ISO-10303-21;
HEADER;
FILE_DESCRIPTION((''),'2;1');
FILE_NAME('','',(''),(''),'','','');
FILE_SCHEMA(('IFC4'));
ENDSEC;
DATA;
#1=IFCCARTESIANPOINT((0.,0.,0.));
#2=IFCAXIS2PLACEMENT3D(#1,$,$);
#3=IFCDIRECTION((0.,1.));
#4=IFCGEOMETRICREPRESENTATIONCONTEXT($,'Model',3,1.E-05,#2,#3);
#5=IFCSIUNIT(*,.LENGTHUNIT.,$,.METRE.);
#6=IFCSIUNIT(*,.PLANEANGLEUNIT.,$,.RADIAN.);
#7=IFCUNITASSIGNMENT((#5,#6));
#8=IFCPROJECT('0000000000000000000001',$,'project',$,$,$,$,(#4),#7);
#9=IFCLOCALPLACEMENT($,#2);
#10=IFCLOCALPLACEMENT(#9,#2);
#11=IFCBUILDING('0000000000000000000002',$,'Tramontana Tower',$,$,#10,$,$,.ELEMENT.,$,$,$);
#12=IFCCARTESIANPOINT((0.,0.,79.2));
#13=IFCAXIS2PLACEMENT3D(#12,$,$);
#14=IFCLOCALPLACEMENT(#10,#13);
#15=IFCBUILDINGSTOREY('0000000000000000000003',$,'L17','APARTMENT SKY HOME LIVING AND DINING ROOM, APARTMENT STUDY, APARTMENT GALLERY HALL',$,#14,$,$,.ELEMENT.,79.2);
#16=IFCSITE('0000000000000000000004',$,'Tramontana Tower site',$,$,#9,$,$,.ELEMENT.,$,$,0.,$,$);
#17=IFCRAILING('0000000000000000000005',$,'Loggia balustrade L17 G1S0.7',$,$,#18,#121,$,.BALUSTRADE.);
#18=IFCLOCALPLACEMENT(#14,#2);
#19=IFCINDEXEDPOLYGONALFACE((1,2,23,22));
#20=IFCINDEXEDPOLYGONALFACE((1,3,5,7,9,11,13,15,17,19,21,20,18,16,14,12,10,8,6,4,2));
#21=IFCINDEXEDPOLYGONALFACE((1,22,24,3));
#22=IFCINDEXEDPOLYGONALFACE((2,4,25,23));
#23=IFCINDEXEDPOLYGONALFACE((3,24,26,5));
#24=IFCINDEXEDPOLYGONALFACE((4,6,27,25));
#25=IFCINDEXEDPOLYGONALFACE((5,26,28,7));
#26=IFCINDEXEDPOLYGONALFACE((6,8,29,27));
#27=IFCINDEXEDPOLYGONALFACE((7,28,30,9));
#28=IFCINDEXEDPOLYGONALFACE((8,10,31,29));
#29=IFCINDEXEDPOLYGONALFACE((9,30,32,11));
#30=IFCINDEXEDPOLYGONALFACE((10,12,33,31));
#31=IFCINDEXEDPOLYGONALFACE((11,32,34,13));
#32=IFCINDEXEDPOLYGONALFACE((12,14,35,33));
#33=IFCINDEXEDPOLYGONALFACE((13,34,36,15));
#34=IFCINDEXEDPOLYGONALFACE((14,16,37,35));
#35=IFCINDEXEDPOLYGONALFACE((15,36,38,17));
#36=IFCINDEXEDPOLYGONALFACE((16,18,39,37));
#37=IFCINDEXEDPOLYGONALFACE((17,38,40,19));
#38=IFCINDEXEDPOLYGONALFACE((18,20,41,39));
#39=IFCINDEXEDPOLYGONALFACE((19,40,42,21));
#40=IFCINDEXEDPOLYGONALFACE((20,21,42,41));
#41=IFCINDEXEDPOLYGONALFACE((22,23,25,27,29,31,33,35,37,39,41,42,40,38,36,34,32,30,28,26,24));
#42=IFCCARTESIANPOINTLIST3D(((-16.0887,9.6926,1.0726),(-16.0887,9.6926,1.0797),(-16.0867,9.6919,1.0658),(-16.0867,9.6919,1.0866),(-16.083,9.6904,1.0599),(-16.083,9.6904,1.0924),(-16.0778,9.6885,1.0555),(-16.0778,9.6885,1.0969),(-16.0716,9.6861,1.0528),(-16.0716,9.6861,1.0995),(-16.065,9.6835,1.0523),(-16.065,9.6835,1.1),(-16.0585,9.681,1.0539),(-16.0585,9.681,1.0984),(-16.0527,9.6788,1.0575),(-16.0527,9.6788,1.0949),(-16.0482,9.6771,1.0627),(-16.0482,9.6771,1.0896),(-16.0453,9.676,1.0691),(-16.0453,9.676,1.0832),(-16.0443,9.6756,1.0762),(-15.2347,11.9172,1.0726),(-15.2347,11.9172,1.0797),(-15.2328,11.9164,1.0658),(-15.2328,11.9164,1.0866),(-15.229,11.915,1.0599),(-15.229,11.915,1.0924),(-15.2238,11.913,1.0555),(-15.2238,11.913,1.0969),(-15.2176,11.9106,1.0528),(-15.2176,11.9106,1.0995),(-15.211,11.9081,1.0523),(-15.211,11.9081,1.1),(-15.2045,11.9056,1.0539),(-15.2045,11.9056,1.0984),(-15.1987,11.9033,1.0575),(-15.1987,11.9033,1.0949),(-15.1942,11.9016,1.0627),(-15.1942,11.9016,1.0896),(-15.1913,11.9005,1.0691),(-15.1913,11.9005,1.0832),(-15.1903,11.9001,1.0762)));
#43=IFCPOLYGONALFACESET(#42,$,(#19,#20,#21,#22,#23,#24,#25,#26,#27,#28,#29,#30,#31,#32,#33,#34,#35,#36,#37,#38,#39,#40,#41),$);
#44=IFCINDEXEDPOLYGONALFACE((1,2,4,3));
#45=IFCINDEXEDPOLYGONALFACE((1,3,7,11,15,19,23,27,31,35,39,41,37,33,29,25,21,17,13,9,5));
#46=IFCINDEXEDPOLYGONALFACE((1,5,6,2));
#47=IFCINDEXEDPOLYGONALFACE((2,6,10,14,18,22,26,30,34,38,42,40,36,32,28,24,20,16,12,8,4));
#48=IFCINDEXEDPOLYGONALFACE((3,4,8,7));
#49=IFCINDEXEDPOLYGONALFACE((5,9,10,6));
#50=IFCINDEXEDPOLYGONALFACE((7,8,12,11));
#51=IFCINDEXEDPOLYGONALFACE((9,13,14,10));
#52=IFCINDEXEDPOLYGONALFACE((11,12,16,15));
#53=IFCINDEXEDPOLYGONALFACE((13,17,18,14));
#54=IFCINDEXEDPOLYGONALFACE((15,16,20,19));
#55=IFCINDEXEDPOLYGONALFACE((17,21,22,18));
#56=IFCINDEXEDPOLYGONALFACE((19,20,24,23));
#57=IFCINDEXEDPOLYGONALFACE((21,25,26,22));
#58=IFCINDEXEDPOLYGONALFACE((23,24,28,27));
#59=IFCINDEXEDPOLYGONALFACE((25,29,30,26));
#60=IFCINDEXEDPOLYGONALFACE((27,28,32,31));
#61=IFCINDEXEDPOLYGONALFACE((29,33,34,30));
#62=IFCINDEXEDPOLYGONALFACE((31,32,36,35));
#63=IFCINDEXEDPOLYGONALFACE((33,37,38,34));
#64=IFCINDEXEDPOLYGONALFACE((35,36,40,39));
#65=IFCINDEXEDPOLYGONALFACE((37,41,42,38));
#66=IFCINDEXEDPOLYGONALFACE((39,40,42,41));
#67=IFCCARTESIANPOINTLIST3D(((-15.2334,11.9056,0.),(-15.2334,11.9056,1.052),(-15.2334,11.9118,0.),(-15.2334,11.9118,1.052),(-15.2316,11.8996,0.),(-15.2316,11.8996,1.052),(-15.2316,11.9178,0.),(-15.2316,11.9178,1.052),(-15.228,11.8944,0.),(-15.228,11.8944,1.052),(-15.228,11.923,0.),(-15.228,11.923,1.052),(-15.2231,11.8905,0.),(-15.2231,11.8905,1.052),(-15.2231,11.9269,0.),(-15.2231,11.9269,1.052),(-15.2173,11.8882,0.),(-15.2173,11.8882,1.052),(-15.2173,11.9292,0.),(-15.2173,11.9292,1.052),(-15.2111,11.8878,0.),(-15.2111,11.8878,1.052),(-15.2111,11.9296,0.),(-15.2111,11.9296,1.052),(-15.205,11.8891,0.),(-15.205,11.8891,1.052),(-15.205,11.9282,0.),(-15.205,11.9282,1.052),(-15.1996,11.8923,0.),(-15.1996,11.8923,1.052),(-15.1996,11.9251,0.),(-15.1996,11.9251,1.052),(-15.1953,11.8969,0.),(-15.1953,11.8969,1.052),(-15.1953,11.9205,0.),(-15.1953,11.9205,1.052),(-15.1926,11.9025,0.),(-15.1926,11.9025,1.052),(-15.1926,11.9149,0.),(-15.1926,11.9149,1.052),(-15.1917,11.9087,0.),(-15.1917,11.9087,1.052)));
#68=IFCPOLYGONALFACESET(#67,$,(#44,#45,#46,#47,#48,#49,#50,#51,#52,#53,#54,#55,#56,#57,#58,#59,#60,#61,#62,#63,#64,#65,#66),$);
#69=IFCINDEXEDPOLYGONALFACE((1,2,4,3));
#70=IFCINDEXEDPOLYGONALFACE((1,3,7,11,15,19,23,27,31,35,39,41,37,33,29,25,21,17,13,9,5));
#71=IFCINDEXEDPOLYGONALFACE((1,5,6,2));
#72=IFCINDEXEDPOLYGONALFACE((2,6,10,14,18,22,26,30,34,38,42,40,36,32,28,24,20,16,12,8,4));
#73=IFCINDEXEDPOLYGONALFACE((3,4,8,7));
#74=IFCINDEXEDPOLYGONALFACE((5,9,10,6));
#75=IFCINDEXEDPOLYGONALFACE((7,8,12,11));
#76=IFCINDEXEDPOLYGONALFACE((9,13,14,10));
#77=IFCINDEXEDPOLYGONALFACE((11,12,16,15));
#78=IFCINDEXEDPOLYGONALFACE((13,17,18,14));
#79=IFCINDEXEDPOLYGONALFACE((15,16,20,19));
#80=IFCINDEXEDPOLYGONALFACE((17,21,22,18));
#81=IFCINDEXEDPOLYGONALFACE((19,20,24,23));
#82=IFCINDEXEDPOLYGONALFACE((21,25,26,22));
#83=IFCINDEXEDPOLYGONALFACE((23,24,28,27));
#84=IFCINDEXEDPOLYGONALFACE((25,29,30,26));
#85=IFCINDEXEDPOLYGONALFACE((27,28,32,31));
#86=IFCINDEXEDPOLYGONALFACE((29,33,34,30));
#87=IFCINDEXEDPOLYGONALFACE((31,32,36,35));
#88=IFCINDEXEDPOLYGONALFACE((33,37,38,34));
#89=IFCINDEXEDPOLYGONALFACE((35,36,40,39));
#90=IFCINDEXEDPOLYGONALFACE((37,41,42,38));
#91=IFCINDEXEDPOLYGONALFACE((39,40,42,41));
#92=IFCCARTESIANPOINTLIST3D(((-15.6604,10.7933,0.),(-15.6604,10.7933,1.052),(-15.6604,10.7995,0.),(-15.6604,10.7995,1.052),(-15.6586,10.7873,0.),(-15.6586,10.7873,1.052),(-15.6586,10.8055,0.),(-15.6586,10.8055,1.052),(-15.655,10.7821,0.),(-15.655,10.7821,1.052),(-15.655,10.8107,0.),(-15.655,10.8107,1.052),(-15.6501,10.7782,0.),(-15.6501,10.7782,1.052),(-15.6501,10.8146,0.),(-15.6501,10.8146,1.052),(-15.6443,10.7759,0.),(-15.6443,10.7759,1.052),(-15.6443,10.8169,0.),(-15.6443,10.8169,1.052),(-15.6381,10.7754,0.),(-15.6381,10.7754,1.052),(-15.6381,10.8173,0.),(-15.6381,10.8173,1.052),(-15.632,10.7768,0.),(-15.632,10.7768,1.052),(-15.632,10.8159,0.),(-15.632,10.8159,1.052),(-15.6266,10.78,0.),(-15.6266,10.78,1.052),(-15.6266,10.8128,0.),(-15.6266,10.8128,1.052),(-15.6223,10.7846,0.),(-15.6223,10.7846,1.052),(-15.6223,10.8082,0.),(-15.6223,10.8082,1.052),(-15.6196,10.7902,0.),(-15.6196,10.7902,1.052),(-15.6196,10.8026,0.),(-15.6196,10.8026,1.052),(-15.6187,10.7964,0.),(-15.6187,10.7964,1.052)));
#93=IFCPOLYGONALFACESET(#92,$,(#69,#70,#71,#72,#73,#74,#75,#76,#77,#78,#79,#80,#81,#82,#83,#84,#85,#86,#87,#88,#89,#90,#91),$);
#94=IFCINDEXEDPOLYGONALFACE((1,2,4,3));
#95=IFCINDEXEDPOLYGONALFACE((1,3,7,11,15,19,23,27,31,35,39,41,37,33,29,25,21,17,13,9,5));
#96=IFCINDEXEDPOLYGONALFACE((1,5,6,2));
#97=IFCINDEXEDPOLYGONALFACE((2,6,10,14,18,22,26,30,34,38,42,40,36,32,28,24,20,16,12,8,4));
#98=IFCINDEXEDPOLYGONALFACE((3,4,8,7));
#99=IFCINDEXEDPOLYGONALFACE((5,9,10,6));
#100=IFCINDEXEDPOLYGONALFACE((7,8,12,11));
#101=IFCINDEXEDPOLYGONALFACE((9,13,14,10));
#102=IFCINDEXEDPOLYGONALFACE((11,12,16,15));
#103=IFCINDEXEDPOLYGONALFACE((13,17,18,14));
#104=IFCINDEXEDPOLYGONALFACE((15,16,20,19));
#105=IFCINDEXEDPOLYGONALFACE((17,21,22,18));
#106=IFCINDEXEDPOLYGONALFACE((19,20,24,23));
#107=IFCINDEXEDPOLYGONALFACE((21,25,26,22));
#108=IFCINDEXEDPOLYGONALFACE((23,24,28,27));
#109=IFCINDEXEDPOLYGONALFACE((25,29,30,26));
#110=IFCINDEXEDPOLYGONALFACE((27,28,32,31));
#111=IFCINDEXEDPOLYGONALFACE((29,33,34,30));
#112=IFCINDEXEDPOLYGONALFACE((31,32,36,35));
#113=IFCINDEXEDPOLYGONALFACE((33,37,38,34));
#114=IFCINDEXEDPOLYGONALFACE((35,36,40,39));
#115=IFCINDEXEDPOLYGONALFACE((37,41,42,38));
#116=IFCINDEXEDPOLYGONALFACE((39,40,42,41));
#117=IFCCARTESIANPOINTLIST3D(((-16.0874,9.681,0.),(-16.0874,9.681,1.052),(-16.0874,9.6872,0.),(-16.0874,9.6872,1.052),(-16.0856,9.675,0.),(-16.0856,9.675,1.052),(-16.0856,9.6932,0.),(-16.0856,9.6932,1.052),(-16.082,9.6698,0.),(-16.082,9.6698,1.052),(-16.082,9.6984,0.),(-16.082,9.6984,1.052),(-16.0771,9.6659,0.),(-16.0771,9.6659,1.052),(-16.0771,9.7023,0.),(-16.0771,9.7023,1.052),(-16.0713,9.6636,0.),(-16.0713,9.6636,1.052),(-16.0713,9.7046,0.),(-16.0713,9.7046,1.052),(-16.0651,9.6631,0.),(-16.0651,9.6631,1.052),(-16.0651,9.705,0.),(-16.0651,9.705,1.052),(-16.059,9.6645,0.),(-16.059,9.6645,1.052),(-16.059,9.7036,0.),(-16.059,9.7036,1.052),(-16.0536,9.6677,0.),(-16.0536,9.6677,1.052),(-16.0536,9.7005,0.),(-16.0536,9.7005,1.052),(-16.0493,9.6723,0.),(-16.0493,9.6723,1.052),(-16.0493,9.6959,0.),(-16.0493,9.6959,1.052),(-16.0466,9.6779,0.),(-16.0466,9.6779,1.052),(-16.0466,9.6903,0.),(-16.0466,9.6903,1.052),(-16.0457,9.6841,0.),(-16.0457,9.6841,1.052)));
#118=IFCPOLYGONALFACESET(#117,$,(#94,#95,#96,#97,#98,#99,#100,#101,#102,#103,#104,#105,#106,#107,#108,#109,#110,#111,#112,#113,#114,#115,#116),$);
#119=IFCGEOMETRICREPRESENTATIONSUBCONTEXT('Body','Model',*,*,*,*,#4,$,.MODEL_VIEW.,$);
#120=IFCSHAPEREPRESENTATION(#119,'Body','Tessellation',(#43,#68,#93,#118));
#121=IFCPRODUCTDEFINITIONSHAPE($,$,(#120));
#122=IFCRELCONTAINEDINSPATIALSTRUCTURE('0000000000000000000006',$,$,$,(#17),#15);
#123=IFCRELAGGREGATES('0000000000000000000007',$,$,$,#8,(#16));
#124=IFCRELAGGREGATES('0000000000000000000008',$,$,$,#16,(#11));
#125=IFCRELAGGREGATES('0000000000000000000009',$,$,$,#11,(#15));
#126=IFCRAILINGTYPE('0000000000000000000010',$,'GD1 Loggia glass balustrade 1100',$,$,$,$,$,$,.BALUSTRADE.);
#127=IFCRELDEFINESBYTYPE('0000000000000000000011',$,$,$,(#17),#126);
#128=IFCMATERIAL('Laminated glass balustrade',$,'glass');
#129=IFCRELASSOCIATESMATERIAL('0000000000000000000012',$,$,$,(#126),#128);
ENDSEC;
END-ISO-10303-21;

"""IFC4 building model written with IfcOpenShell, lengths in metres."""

from ifc_helpers import new_model, si_unit, direction, frame, origin, origin_2d, place, context, subcontext, project, spatial, circle, extrude, material, type_object, element, save


model = new_model("IFC4")

# Units and contexts
model_context = context("Model", 3, precision=1e-05, world=origin(), true_north=direction((0.0, 1.0)))
body_context = subcontext(model_context, "Body", "Model", "MODEL_VIEW")
ifc_project = project(units=[si_unit("LENGTHUNIT", "METRE"), si_unit("PLANEANGLEUNIT", "RADIAN")], contexts=[model_context])

# Site, building, storey
site_placement = place(None, origin())
site = spatial("IfcSite", under=ifc_project, at=site_placement, Name="Tramontana Tower site", CompositionType="ELEMENT", RefElevation=0.0)
building_placement = place(site_placement, origin())
building = spatial("IfcBuilding", under=site, at=building_placement, Name="Tramontana Tower", CompositionType="ELEMENT")
storey_placement = place(building_placement, frame((0.0, 0.0, 79.2)))
storey = spatial("IfcBuildingStorey", under=building, at=storey_placement, Name="L17", Description="APARTMENT SKY HOME LIVING AND DINING ROOM, APARTMENT STUDY, APARTMENT GALLERY HALL", CompositionType="ELEMENT", Elevation=79.2)

# Railing
ifc_material_1 = material(Name="Laminated glass balustrade", Category="glass")
railing_type = type_object("IfcRailingType", Name="GD1 Loggia glass balustrade 1100", PredefinedType="BALUSTRADE", material=ifc_material_1)
railing_placement = place(storey_placement, frame((-15.2126, 11.9087, 0.0)))
element("IfcRailing", 1, at=railing_placement, inside=storey, type_object=railing_type, Name="Loggia balustrade L17 G1S0.7", PredefinedType="BALUSTRADE", context=body_context, shape_type="SweptSolid", body=[
    extrude(circle(Radius=0.0239, at=origin_2d()), frame((0.0, 0.0, 1.0762), z_axis=(-0.358389, -0.933573, 0.0), x_axis=(0.933573, -0.358389, 0.0)), (0.0, 0.0, 1.0), 2.3828),
    extrude(circle(Radius=0.021, at=origin_2d()), origin(), (0.0, 0.0, 1.0), 1.052),
    extrude(circle(Radius=0.021, at=origin_2d()), frame((-0.427, -1.1123, 0.0)), (0.0, 0.0, 1.0), 1.052),
    extrude(circle(Radius=0.021, at=origin_2d()), frame((-0.854, -2.2246, 0.0)), (0.0, 0.0, 1.0), 1.052),
])

save(model, "model.ifc")
